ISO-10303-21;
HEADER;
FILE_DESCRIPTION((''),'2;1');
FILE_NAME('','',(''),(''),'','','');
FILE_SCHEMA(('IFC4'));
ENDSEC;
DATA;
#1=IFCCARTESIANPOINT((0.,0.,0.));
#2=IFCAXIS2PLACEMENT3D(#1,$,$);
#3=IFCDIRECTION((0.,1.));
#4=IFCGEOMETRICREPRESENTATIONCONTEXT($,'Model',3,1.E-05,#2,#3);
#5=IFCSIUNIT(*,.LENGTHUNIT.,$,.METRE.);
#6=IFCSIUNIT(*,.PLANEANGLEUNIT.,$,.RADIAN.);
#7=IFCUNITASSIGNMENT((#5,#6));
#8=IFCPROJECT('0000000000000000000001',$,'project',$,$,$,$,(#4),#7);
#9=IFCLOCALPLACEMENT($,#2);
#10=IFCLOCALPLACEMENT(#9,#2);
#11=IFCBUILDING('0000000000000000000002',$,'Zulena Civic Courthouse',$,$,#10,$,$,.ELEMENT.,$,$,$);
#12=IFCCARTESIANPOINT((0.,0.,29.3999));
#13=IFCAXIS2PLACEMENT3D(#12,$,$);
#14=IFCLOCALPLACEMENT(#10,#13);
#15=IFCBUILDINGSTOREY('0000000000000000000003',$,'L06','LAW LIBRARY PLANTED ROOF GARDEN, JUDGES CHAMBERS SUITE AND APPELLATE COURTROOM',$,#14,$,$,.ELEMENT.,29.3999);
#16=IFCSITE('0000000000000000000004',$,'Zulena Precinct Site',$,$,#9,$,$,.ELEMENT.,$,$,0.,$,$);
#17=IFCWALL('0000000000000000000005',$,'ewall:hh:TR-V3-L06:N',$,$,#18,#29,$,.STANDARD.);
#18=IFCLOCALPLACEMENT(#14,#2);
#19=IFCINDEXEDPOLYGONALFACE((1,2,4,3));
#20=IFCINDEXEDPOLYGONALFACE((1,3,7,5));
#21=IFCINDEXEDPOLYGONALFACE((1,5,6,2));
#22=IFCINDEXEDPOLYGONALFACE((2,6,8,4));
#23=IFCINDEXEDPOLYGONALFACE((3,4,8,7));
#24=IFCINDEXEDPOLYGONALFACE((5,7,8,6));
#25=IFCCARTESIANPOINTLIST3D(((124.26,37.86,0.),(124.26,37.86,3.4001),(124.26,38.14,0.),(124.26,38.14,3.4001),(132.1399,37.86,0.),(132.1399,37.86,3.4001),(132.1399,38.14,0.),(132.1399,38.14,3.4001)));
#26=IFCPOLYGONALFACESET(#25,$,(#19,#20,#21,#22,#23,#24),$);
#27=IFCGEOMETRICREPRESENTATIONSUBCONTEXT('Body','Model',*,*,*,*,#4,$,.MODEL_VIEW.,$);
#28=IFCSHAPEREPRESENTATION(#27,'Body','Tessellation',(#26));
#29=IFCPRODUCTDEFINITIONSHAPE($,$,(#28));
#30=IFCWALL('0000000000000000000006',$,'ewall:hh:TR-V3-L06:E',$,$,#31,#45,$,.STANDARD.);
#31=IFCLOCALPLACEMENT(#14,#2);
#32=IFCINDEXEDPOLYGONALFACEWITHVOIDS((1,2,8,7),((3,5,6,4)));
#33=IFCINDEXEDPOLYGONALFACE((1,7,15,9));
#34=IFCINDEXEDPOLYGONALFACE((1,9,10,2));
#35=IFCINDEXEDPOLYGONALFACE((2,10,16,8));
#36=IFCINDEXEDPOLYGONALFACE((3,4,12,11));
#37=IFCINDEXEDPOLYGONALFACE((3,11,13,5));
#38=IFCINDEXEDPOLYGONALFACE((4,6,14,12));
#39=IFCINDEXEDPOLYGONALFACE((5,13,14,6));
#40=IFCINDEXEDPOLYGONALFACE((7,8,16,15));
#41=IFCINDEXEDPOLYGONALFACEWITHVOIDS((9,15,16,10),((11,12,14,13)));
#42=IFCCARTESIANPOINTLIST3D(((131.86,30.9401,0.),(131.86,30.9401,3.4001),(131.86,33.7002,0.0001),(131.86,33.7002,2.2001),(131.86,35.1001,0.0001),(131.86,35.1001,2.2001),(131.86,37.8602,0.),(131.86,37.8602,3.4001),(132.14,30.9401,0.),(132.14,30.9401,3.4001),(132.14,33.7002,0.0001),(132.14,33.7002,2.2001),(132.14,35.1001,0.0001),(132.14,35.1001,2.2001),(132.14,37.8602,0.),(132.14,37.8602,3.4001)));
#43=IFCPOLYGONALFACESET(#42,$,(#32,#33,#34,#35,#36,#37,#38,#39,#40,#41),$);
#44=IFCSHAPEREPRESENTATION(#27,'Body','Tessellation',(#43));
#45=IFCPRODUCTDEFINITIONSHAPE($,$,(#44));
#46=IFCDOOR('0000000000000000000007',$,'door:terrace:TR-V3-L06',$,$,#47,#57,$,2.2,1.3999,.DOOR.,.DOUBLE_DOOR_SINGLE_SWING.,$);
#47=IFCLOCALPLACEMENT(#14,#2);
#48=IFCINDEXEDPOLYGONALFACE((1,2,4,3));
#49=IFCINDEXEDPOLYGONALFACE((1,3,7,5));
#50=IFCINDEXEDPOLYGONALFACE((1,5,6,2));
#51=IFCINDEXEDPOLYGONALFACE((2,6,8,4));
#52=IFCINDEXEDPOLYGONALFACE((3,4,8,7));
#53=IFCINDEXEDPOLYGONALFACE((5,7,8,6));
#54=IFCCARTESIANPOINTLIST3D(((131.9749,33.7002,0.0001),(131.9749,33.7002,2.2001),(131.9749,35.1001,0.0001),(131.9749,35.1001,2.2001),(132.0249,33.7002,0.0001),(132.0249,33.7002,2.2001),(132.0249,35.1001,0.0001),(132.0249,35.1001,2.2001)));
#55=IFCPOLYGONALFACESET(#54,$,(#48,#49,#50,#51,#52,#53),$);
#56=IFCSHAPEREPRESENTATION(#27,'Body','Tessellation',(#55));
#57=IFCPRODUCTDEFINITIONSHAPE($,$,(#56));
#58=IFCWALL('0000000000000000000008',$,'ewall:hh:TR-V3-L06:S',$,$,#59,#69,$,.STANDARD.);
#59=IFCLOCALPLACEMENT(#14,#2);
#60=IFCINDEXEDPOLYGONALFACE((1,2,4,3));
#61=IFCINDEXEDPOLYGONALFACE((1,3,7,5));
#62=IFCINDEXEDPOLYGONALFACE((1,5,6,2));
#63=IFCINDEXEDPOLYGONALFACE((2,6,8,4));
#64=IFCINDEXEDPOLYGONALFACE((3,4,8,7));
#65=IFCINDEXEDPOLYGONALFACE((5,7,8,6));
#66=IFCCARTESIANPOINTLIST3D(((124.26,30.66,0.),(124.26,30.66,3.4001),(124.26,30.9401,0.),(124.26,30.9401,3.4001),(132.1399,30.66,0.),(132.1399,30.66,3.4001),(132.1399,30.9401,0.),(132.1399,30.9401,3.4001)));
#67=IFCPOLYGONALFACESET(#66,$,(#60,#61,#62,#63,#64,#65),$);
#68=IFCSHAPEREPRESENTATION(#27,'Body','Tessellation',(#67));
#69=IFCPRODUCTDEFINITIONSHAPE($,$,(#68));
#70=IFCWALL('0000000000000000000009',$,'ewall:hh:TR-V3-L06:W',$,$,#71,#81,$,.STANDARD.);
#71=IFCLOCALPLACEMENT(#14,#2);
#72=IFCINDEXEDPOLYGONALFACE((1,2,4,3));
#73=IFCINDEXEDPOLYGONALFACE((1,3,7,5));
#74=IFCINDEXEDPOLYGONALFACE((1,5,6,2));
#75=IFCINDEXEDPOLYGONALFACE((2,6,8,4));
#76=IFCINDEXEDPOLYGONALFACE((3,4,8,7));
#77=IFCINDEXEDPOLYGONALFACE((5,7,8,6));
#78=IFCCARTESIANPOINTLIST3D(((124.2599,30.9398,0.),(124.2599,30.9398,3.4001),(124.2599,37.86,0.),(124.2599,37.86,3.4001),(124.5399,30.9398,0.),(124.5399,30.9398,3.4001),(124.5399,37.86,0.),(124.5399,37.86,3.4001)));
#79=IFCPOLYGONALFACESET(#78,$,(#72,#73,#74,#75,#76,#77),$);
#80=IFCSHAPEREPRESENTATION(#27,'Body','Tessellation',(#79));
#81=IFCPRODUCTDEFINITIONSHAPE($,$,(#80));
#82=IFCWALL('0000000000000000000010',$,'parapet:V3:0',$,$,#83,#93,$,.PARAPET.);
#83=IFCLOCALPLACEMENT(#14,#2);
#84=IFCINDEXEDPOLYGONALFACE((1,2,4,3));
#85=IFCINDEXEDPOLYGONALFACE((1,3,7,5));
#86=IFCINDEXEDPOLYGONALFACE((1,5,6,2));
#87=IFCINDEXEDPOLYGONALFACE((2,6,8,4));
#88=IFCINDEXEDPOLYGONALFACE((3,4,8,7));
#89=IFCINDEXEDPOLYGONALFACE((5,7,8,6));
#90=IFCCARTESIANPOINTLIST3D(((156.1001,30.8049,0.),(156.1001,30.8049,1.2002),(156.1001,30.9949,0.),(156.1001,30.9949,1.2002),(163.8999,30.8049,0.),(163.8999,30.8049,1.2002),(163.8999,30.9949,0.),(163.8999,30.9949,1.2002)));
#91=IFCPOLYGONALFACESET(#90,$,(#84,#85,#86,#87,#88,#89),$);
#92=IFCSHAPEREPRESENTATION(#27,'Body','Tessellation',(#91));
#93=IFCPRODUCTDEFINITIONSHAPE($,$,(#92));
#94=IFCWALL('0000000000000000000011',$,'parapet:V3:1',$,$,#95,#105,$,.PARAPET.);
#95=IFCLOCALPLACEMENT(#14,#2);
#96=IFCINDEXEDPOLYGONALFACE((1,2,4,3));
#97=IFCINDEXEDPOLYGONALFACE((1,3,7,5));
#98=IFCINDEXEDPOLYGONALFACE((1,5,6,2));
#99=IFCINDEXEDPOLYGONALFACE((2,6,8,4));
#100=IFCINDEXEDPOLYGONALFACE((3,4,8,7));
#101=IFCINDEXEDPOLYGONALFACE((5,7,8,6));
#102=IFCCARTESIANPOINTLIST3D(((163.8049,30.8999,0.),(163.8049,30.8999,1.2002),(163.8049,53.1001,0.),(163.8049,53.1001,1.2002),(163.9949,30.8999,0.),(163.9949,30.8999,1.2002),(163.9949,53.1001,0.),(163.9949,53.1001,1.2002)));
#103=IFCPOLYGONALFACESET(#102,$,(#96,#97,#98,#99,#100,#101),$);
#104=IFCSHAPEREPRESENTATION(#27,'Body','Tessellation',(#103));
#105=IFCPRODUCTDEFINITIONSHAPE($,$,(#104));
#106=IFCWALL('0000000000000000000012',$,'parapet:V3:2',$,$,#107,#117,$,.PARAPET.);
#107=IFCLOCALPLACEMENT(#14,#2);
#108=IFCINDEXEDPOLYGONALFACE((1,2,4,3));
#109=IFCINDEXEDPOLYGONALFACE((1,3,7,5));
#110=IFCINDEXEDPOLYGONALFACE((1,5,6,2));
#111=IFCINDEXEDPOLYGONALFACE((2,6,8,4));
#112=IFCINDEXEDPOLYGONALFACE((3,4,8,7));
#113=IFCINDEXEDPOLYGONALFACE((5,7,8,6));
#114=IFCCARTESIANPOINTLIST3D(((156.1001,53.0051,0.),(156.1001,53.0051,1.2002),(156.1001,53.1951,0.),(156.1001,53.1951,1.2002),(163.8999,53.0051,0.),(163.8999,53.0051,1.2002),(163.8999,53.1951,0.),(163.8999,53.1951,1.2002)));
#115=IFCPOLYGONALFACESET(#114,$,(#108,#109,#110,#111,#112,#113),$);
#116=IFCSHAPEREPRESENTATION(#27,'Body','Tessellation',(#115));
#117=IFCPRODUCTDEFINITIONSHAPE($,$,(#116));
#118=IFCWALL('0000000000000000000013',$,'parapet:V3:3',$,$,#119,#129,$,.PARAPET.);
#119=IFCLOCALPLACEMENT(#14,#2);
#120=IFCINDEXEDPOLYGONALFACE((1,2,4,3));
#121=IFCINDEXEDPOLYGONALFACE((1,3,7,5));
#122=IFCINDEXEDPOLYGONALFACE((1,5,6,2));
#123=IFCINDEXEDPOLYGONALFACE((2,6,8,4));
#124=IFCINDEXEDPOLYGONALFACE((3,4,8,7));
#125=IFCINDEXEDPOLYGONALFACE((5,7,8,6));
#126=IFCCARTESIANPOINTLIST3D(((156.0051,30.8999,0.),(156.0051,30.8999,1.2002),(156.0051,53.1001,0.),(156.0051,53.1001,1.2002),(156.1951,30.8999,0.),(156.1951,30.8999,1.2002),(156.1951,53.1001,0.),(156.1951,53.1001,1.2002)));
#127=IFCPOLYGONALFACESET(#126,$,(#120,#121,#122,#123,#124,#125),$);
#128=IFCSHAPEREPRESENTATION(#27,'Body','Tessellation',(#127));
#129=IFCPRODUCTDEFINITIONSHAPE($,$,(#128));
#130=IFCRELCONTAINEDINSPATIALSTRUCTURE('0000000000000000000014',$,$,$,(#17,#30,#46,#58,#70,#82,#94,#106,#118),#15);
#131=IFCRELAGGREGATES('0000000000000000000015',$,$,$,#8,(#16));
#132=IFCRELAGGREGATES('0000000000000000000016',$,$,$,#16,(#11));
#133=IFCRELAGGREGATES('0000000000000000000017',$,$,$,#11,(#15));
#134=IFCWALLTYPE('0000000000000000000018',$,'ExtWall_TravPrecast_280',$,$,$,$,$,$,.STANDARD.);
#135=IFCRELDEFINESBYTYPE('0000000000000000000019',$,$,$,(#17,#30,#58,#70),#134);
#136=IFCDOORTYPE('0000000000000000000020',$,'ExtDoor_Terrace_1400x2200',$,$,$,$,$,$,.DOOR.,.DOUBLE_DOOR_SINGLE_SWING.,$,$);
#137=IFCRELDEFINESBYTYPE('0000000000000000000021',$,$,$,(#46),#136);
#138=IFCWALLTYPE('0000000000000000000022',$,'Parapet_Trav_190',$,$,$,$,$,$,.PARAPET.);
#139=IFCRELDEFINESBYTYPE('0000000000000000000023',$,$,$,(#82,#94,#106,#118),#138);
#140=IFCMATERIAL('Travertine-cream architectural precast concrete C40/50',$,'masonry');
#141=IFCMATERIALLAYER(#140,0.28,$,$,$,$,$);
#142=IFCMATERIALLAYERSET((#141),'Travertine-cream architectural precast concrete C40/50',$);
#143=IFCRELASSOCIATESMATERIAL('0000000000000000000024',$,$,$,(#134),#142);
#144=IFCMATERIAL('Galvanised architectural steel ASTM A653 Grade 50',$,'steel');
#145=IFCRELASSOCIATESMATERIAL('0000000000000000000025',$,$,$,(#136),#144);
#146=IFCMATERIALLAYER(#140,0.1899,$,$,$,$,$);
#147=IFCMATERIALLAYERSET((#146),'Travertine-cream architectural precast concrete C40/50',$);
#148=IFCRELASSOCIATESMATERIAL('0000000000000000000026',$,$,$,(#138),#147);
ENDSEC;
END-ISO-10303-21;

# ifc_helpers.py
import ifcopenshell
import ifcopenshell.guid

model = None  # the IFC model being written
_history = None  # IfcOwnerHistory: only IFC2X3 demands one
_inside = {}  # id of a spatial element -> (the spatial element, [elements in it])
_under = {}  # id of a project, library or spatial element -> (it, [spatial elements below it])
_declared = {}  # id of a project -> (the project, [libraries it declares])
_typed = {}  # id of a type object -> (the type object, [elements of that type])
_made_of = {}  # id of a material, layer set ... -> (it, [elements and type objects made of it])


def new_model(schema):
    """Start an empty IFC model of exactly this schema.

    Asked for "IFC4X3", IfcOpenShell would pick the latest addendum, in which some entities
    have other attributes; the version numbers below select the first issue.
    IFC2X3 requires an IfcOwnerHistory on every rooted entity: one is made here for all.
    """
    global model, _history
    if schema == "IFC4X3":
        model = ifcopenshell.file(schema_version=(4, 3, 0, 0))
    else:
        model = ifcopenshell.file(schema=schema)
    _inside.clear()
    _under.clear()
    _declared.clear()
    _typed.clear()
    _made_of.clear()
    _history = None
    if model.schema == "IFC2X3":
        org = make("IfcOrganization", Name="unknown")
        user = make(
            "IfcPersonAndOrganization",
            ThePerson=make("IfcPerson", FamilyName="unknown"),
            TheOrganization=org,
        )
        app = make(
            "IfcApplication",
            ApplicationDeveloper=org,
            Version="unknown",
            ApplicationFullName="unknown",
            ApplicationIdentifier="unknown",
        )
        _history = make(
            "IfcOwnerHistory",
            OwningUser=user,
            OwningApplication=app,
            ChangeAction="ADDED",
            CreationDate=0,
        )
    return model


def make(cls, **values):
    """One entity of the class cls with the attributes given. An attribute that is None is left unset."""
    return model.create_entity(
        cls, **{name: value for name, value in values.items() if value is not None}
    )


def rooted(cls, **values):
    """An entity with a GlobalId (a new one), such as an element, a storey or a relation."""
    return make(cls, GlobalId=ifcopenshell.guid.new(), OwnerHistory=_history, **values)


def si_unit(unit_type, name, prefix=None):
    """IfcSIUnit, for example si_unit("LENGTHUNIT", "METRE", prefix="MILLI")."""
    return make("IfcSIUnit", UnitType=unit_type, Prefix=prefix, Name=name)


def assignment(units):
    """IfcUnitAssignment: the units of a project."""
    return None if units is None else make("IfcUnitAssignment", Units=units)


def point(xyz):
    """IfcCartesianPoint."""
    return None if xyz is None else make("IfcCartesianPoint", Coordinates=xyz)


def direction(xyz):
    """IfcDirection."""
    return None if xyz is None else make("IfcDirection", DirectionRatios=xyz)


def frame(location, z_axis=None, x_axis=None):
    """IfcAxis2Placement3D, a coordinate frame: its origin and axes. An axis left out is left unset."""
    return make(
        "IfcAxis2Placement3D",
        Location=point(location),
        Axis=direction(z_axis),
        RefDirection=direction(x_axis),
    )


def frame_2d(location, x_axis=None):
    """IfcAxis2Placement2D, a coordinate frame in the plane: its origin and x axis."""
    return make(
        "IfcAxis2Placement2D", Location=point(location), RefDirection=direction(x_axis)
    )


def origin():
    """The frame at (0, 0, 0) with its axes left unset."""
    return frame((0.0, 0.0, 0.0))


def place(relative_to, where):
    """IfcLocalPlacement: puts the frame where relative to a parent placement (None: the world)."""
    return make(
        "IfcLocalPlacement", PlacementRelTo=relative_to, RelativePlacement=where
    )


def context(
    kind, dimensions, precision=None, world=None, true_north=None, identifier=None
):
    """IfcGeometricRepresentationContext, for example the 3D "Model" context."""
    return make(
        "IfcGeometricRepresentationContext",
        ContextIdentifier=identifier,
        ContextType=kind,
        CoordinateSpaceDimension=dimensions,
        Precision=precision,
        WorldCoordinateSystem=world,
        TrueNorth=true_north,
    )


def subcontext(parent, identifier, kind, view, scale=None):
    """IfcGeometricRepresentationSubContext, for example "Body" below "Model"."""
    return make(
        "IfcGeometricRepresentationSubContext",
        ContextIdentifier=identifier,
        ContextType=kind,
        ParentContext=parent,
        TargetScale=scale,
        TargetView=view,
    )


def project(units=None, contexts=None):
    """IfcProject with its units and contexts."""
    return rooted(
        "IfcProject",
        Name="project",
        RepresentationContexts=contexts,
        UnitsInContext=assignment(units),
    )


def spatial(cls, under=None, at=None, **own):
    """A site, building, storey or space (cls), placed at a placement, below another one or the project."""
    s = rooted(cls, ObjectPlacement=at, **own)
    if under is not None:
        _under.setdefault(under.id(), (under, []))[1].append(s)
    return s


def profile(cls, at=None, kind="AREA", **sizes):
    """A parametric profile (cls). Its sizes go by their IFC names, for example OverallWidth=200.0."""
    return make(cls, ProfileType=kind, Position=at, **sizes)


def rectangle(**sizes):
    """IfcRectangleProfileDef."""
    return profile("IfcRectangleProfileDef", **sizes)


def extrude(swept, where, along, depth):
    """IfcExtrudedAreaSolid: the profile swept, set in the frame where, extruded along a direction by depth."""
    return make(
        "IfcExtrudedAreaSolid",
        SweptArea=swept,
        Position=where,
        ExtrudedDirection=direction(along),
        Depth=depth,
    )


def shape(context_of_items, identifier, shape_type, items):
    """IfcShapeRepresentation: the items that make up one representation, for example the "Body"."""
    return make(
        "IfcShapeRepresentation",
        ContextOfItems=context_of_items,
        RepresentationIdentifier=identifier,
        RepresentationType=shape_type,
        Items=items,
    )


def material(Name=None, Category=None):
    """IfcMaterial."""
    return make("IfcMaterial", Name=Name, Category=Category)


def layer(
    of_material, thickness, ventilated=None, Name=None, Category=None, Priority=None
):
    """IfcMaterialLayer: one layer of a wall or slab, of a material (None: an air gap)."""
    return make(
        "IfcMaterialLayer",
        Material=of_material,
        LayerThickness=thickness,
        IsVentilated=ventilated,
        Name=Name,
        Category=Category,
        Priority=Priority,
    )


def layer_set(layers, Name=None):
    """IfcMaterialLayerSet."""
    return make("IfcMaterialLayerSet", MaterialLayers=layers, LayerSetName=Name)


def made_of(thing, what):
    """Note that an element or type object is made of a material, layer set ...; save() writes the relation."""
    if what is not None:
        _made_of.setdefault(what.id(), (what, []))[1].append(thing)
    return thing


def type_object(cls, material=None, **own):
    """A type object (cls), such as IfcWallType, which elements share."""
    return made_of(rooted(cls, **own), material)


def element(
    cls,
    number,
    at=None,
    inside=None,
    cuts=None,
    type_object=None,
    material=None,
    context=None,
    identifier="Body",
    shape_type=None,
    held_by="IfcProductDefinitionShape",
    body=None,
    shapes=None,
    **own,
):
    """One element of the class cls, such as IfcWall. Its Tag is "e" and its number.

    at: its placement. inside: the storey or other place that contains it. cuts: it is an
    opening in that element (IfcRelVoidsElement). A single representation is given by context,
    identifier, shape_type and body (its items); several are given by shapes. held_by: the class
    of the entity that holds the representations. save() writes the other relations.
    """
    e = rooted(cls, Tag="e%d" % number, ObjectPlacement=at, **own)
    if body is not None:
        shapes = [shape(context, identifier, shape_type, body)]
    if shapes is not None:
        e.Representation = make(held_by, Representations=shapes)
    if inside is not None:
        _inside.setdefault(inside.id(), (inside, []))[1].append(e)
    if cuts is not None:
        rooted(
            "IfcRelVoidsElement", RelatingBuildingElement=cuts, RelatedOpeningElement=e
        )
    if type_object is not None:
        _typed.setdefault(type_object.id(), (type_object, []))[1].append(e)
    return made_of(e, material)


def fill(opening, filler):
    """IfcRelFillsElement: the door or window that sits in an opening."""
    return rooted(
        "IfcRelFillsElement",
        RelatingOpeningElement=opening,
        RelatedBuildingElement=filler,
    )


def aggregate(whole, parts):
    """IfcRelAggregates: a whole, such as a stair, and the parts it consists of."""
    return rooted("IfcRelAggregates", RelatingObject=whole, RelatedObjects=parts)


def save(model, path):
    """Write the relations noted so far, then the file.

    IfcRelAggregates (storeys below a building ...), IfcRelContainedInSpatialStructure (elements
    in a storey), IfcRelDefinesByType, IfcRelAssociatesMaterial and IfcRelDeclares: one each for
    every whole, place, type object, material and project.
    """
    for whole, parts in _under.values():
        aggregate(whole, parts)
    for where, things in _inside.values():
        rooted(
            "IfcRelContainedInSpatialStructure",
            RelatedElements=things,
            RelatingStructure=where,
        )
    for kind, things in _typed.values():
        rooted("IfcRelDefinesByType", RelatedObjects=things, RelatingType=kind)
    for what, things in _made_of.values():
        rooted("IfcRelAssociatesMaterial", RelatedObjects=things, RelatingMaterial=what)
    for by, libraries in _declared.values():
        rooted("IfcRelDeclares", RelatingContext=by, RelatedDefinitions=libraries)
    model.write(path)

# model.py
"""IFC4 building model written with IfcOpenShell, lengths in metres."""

from ifc_helpers import new_model, si_unit, direction, frame, frame_2d, origin, place, context, subcontext, project, spatial, rectangle, extrude, material, layer, layer_set, type_object, element, fill, save


model = new_model("IFC4")

# Units and contexts
model_context = context("Model", 3, precision=1e-05, world=origin(), true_north=direction((0.0, 1.0)))
body_context = subcontext(model_context, "Body", "Model", "MODEL_VIEW")
ifc_project = project(units=[si_unit("LENGTHUNIT", "METRE"), si_unit("PLANEANGLEUNIT", "RADIAN")], contexts=[model_context])

# Site, building, storey
site_placement = place(None, origin())
site = spatial("IfcSite", under=ifc_project, at=site_placement, Name="Zulena Precinct Site", CompositionType="ELEMENT", RefElevation=0.0)
building_placement = place(site_placement, origin())
building = spatial("IfcBuilding", under=site, at=building_placement, Name="Zulena Civic Courthouse", CompositionType="ELEMENT")
storey_placement = place(building_placement, frame((0.0, 0.0, 29.3999)))
storey = spatial("IfcBuildingStorey", under=building, at=storey_placement, Name="L06", Description="LAW LIBRARY PLANTED ROOF GARDEN, JUDGES CHAMBERS SUITE AND APPELLATE COURTROOM", CompositionType="ELEMENT", Elevation=29.3999)

# Wall
ifc_material_1 = material(Name="Travertine-cream architectural precast concrete C40/50", Category="masonry")
ifc_layer_1 = layer(ifc_material_1, 0.28)
ifc_layer_set_1 = layer_set([ifc_layer_1], Name="Travertine-cream architectural precast concrete C40/50")
wall_type_1 = type_object("IfcWallType", Name="ExtWall_TravPrecast_280", PredefinedType="STANDARD", material=ifc_layer_set_1)
wall_1_placement = place(storey_placement, frame((124.26, 38.0, 0.0), z_axis=(0.0, 0.0, 1.0), x_axis=(1.0, 0.0, 0.0)))
element("IfcWall", 1, at=wall_1_placement, inside=storey, type_object=wall_type_1, Name="ewall:hh:TR-V3-L06:N", PredefinedType="STANDARD", context=body_context, shape_type="SweptSolid", body=[
    extrude(rectangle(XDim=7.8799, YDim=0.28, at=frame_2d((3.9399, 0.0))), origin(), (0.0, 0.0, 1.0), 3.4001),
])

# Wall, opening, door
wall_2_placement = place(storey_placement, frame((132.0, 37.8601, 0.0), z_axis=(0.0, 0.0, 1.0), x_axis=(0.0, -1.0, 0.0)))
wall_2 = element("IfcWall", 2, at=wall_2_placement, inside=storey, type_object=wall_type_1, Name="ewall:hh:TR-V3-L06:E", PredefinedType="STANDARD", context=body_context, shape_type="SweptSolid", body=[
    extrude(rectangle(XDim=6.9202, YDim=0.28, at=frame_2d((3.46, 0.0))), origin(), (0.0, 0.0, 1.0), 3.4001),
])
opening_placement = place(wall_2_placement, frame((2.76, 0.0, 0.0)))
opening = element("IfcOpeningElement", 3, at=opening_placement, cuts=wall_2, PredefinedType="OPENING", context=body_context, shape_type="SweptSolid", body=[
    extrude(rectangle(XDim=1.3999, YDim=2.2, at=frame_2d((0.7, 1.1001))), frame((0.0, 0.1499, 0.0), z_axis=(0.0, -1.0, 0.0), x_axis=(1.0, 0.0, 0.0)), (0.0, 0.0, 1.0), 0.3),
])
ifc_material_2 = material(Name="Galvanised architectural steel ASTM A653 Grade 50", Category="steel")
door_type = type_object("IfcDoorType", Name="ExtDoor_Terrace_1400x2200", OperationType="DOUBLE_DOOR_SINGLE_SWING", PredefinedType="DOOR", material=ifc_material_2)
door_placement = place(opening_placement, origin())
door = element("IfcDoor", 4, at=door_placement, inside=storey, type_object=door_type, Name="door:terrace:TR-V3-L06", OperationType="DOUBLE_DOOR_SINGLE_SWING", OverallHeight=2.2, OverallWidth=1.3999, PredefinedType="DOOR", context=body_context, shape_type="SweptSolid", body=[
    extrude(rectangle(XDim=1.3999, YDim=2.2, at=frame_2d((0.7, 1.1001))), frame((0.0, 0.0249, 0.0), z_axis=(0.0, -1.0, 0.0), x_axis=(1.0, 0.0, 0.0)), (0.0, 0.0, 1.0), 0.05),
])
fill(opening, door)

# Walls
wall_3_placement = place(storey_placement, frame((132.1399, 30.8, 0.0), z_axis=(0.0, 0.0, 1.0), x_axis=(-1.0, 0.0, 0.0)))
element("IfcWall", 5, at=wall_3_placement, inside=storey, type_object=wall_type_1, Name="ewall:hh:TR-V3-L06:S", PredefinedType="STANDARD", context=body_context, shape_type="SweptSolid", body=[
    extrude(rectangle(XDim=7.8799, YDim=0.28, at=frame_2d((3.9399, 0.0))), origin(), (0.0, 0.0, 1.0), 3.4001),
])
wall_4_placement = place(storey_placement, frame((124.3999, 30.9399, 0.0), z_axis=(0.0, 0.0, 1.0), x_axis=(0.0, 1.0, 0.0)))
element("IfcWall", 6, at=wall_4_placement, inside=storey, type_object=wall_type_1, Name="ewall:hh:TR-V3-L06:W", PredefinedType="STANDARD", context=body_context, shape_type="SweptSolid", body=[
    extrude(rectangle(XDim=6.9202, YDim=0.28, at=frame_2d((3.46, 0.0))), origin(), (0.0, 0.0, 1.0), 3.4001),
])
ifc_layer_2 = layer(ifc_material_1, 0.1899)
ifc_layer_set_2 = layer_set([ifc_layer_2], Name="Travertine-cream architectural precast concrete C40/50")
wall_type_2 = type_object("IfcWallType", Name="Parapet_Trav_190", PredefinedType="PARAPET", material=ifc_layer_set_2)
wall_5_placement = place(storey_placement, frame((156.1001, 30.8999, 0.0), z_axis=(0.0, 0.0, 1.0), x_axis=(1.0, 0.0, 0.0)))
element("IfcWall", 7, at=wall_5_placement, inside=storey, type_object=wall_type_2, Name="parapet:V3:0", PredefinedType="PARAPET", context=body_context, shape_type="SweptSolid", body=[
    extrude(rectangle(XDim=7.7998, YDim=0.1899, at=frame_2d((3.8999, 0.0))), origin(), (0.0, 0.0, 1.0), 1.2002),
])
wall_6_placement = place(storey_placement, frame((163.8999, 30.8999, 0.0), z_axis=(0.0, 0.0, 1.0), x_axis=(0.0, 1.0, 0.0)))
element("IfcWall", 8, at=wall_6_placement, inside=storey, type_object=wall_type_2, Name="parapet:V3:1", PredefinedType="PARAPET", context=body_context, shape_type="SweptSolid", body=[
    extrude(rectangle(XDim=22.2002, YDim=0.1899, at=frame_2d((11.1001, 0.0))), origin(), (0.0, 0.0, 1.0), 1.2002),
])
wall_7_placement = place(storey_placement, frame((163.8999, 53.1001, 0.0), z_axis=(0.0, 0.0, 1.0), x_axis=(-1.0, 0.0, 0.0)))
element("IfcWall", 9, at=wall_7_placement, inside=storey, type_object=wall_type_2, Name="parapet:V3:2", PredefinedType="PARAPET", context=body_context, shape_type="SweptSolid", body=[
    extrude(rectangle(XDim=7.7998, YDim=0.1899, at=frame_2d((3.8999, 0.0))), origin(), (0.0, 0.0, 1.0), 1.2002),
])
wall_8_placement = place(storey_placement, frame((156.1001, 53.1001, 0.0), z_axis=(0.0, 0.0, 1.0), x_axis=(0.0, -1.0, 0.0)))
element("IfcWall", 10, at=wall_8_placement, inside=storey, type_object=wall_type_2, Name="parapet:V3:3", PredefinedType="PARAPET", context=body_context, shape_type="SweptSolid", body=[
    extrude(rectangle(XDim=22.2002, YDim=0.1899, at=frame_2d((11.1001, 0.0))), origin(), (0.0, 0.0, 1.0), 1.2002),
])

save(model, "model.ifc")
